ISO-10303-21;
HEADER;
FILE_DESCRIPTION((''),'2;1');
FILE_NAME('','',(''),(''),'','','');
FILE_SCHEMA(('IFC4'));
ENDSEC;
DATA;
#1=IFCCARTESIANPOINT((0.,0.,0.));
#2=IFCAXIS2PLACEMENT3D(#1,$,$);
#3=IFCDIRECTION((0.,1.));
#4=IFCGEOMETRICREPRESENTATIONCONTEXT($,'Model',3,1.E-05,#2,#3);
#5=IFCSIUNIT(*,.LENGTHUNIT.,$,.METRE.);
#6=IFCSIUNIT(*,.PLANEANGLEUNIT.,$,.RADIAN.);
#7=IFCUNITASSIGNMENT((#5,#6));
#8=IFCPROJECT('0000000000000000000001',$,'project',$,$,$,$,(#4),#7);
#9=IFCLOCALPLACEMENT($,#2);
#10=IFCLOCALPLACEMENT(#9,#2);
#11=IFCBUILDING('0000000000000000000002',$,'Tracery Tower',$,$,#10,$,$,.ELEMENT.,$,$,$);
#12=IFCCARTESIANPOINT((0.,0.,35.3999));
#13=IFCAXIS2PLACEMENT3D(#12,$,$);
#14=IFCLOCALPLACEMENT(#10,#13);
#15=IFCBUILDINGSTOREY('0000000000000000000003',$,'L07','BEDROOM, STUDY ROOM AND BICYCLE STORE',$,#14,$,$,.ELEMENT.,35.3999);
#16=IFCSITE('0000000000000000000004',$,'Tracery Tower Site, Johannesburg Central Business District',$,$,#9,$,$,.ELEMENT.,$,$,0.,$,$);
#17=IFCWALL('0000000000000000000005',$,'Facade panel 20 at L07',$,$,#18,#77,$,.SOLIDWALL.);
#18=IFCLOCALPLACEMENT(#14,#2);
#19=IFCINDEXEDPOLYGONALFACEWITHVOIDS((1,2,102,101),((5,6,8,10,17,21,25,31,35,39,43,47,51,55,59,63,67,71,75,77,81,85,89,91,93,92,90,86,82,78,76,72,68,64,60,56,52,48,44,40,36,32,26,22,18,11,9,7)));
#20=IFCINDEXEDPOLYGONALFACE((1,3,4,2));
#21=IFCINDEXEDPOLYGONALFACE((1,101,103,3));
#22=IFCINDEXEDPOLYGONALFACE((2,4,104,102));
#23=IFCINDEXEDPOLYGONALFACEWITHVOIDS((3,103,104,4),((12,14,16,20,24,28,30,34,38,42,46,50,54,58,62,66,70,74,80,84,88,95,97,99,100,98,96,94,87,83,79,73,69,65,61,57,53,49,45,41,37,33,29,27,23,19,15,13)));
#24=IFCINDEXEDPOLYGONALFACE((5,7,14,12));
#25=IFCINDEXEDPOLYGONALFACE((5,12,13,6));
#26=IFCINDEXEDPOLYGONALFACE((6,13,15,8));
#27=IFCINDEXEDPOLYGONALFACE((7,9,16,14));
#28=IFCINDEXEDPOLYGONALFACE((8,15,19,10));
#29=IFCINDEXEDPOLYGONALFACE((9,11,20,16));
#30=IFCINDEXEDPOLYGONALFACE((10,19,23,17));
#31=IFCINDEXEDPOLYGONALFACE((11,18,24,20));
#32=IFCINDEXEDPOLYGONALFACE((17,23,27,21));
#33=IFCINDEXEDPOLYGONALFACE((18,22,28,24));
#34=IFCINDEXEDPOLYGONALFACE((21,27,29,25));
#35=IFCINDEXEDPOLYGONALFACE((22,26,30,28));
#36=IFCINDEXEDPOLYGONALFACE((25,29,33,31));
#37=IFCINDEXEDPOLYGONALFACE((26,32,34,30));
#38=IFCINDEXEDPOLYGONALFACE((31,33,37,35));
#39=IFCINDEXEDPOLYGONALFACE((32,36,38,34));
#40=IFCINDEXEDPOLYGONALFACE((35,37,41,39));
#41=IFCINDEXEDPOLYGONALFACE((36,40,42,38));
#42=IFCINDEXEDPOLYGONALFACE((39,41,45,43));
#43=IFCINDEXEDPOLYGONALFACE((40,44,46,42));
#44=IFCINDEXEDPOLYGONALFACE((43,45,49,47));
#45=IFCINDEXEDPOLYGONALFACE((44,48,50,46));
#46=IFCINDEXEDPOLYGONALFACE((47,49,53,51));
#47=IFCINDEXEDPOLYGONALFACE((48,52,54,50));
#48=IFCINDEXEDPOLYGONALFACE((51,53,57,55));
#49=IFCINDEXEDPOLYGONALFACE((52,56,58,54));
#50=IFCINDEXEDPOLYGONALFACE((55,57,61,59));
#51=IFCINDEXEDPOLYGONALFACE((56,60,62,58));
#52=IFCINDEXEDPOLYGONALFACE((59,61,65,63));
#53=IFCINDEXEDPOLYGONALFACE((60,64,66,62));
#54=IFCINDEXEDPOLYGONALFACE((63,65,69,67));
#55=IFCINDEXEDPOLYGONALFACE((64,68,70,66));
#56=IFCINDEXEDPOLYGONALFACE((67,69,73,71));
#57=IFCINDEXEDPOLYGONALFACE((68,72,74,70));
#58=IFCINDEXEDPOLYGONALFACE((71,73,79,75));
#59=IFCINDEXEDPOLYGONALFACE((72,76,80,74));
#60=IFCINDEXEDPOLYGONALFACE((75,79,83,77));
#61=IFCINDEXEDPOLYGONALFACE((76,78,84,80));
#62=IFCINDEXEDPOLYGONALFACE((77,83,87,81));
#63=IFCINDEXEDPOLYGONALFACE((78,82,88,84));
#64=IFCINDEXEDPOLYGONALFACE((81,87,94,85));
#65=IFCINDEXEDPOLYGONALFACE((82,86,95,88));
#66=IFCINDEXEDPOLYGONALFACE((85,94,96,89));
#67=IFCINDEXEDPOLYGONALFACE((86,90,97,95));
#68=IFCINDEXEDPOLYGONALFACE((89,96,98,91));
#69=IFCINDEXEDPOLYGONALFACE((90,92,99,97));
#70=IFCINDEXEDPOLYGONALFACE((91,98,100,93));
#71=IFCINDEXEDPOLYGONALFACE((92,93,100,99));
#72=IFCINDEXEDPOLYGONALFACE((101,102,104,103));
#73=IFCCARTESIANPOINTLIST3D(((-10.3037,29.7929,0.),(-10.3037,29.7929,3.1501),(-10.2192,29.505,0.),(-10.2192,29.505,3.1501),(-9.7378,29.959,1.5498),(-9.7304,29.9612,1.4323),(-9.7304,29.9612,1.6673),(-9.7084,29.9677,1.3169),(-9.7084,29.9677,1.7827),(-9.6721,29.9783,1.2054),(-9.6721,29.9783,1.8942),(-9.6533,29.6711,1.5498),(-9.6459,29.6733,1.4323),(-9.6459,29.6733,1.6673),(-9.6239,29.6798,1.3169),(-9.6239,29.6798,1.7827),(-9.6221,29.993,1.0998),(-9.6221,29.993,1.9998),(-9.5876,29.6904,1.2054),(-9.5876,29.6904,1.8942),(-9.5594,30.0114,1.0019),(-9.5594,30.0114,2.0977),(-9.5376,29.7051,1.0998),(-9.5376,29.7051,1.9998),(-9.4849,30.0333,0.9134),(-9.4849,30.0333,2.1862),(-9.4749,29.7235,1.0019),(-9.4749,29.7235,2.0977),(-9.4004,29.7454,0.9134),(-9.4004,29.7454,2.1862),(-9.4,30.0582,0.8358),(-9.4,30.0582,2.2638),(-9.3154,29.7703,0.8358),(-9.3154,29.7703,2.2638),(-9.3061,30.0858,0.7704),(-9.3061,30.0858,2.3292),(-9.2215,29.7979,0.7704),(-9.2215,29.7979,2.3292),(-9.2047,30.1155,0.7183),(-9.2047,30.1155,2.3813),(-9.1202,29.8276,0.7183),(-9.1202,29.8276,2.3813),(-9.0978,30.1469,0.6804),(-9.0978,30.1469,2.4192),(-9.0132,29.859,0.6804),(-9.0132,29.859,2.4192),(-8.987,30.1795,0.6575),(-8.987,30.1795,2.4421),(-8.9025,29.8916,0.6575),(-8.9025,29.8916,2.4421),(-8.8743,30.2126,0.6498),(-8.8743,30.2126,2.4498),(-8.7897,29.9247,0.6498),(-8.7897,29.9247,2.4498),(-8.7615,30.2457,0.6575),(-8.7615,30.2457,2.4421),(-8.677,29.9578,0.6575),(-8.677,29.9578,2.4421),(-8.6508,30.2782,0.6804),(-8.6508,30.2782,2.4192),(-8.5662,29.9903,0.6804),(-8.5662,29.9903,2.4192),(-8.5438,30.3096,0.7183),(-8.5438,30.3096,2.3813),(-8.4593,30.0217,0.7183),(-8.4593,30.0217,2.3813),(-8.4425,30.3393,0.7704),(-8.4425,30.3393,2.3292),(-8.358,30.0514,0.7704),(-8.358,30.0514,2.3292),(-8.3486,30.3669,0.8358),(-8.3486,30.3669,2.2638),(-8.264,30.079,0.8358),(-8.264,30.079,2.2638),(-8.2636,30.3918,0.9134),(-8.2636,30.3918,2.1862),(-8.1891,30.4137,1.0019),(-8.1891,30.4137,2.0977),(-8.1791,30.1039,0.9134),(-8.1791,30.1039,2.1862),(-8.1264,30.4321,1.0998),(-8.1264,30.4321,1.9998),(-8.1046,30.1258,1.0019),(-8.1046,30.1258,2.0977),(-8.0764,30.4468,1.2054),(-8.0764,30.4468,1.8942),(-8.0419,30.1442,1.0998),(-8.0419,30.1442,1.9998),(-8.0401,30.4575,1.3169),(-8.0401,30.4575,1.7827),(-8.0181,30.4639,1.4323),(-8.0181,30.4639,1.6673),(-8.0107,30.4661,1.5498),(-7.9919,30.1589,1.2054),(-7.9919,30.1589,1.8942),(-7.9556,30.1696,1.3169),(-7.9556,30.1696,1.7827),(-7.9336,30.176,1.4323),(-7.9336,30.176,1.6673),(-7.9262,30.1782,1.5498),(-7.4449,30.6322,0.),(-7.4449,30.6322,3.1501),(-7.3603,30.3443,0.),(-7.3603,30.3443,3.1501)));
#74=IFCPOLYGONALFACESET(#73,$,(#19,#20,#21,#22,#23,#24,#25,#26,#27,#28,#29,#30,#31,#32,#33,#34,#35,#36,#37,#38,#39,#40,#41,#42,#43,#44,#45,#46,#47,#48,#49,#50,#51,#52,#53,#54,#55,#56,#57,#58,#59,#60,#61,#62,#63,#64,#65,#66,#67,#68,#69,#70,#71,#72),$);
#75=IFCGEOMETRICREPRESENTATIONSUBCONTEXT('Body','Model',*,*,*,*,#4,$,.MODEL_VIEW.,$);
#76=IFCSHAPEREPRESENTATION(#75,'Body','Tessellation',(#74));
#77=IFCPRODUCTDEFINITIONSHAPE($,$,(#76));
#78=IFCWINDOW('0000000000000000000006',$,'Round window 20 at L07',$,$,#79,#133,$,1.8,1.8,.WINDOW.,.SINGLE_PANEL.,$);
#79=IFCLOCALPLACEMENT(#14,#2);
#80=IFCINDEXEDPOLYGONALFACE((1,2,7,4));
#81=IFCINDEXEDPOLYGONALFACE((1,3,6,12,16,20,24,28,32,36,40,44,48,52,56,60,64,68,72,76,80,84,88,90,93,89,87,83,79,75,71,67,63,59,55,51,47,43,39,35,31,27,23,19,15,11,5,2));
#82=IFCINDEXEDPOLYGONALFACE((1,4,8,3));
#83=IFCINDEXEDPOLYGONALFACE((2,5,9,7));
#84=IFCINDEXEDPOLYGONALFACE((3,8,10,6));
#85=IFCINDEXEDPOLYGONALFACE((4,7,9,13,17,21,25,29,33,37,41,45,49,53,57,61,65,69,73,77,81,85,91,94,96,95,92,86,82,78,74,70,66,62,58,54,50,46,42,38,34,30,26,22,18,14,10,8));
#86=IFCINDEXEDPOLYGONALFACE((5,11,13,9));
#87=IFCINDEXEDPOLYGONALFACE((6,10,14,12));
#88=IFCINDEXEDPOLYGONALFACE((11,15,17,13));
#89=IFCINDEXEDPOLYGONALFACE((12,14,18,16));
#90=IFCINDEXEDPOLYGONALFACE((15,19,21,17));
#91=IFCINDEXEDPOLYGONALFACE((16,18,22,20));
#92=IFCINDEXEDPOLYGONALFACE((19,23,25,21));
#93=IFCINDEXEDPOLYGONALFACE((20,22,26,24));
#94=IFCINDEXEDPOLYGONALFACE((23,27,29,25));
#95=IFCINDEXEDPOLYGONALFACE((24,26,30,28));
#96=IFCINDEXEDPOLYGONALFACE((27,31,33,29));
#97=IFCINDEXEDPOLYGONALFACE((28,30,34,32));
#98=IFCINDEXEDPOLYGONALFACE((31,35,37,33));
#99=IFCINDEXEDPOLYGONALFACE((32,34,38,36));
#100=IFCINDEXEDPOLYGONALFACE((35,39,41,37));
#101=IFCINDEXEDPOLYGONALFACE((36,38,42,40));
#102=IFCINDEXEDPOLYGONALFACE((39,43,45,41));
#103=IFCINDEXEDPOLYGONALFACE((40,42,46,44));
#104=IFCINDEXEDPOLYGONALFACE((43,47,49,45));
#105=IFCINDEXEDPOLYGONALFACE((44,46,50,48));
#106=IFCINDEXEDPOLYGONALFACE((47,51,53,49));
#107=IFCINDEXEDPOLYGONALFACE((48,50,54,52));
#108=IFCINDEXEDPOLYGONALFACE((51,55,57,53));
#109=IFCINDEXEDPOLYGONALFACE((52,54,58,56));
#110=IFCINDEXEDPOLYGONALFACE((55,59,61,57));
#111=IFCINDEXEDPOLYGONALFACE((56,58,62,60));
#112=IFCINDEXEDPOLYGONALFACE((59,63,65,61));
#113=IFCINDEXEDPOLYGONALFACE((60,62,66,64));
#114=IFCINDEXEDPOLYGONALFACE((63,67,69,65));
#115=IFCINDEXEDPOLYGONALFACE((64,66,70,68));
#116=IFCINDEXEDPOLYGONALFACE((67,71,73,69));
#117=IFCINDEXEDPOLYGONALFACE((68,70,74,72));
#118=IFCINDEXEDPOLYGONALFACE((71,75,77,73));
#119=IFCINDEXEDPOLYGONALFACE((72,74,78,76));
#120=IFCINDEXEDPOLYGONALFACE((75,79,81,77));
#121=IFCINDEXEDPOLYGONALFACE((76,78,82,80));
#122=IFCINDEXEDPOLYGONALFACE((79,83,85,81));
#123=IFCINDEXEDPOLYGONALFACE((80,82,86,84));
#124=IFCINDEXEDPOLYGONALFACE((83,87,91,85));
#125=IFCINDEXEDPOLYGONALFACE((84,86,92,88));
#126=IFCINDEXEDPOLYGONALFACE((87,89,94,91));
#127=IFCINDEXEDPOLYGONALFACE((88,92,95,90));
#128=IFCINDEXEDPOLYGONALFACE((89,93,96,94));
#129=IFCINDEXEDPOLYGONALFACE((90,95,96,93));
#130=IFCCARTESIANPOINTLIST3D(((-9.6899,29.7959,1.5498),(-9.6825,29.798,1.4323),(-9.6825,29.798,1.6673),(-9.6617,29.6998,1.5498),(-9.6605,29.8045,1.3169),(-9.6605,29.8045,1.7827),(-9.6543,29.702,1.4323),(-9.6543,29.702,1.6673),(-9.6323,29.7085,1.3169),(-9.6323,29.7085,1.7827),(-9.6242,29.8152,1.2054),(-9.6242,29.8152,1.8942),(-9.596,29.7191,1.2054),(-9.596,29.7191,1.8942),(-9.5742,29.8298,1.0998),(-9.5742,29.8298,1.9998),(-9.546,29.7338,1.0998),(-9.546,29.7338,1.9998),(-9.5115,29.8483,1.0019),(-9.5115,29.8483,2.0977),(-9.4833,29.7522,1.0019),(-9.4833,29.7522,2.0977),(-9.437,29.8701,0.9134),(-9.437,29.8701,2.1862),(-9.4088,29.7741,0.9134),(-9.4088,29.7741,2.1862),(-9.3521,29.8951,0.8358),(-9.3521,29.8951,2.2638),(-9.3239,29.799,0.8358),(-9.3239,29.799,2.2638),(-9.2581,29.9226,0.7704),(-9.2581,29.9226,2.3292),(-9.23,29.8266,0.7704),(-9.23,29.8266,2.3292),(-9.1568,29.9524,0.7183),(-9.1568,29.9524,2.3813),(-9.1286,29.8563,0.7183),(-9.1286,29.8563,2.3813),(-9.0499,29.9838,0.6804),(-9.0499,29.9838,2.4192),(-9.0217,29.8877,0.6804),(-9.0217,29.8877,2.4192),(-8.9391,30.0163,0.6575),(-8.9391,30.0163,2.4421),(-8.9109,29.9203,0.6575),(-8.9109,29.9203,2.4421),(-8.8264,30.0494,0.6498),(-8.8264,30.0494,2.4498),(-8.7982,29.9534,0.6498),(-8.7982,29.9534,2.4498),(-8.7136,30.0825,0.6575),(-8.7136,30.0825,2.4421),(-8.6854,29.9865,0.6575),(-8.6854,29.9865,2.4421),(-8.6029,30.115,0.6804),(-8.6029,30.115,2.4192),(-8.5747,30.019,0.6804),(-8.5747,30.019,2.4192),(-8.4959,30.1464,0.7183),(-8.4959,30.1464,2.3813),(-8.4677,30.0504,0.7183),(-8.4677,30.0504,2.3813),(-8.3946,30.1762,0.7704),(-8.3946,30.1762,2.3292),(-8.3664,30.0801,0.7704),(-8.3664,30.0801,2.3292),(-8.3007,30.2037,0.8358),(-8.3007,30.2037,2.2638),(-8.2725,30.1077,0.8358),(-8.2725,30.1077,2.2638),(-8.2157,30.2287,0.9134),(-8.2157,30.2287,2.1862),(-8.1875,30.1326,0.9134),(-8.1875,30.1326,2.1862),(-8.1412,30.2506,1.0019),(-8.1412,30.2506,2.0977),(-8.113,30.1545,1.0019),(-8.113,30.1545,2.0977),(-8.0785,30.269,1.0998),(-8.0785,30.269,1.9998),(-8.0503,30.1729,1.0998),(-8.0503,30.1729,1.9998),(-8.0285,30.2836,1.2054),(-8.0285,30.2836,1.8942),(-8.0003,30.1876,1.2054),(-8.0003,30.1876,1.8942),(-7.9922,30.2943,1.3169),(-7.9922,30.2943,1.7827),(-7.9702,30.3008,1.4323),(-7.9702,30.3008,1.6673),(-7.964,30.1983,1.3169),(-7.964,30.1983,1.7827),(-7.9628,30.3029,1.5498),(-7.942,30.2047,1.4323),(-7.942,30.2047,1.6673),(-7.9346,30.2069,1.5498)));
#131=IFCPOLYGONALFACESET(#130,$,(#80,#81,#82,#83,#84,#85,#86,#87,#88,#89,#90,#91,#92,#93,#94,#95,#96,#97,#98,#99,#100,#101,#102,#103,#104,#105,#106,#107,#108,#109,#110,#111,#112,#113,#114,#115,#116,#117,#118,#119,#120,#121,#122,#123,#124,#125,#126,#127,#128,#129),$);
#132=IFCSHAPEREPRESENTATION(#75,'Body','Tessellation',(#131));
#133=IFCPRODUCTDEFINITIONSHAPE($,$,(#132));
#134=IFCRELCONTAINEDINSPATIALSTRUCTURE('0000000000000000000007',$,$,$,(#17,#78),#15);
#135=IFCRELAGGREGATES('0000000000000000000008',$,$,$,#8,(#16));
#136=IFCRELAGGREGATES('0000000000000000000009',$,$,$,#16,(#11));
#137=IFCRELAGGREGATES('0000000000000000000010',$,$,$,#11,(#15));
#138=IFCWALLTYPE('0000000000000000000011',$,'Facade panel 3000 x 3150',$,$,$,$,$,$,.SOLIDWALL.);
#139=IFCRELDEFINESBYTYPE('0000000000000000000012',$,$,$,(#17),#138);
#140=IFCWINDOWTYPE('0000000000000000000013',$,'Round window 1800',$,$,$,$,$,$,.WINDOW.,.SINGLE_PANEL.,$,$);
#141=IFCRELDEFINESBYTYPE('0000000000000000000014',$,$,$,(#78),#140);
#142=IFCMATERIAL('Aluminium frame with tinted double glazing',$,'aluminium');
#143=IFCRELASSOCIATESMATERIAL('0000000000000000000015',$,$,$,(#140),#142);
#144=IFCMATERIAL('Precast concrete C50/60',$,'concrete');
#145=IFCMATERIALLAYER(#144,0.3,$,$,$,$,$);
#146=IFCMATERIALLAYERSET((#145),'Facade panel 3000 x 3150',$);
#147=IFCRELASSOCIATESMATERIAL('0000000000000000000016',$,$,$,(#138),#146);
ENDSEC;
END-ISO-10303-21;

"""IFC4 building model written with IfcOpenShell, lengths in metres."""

from ifc_helpers import new_model, si_unit, direction, frame, frame_2d, origin, origin_2d, place, context, subcontext, project, spatial, rectangle, circle, extrude, material, layer, layer_set, type_object, element, fill, save


model = new_model("IFC4")

# Units and contexts
model_context = context("Model", 3, precision=1e-05, world=origin(), true_north=direction((0.0, 1.0)))
body_context = subcontext(model_context, "Body", "Model", "MODEL_VIEW")
ifc_project = project(units=[si_unit("LENGTHUNIT", "METRE"), si_unit("PLANEANGLEUNIT", "RADIAN")], contexts=[model_context])

# Site, building, storey
site_placement = place(None, origin())
site = spatial("IfcSite", under=ifc_project, at=site_placement, Name="Tracery Tower Site, Johannesburg Central Business District", CompositionType="ELEMENT", RefElevation=0.0)
building_placement = place(site_placement, origin())
building = spatial("IfcBuilding", under=site, at=building_placement, Name="Tracery Tower", CompositionType="ELEMENT")
storey_placement = place(building_placement, frame((0.0, 0.0, 35.3999)))
storey = spatial("IfcBuildingStorey", under=building, at=storey_placement, Name="L07", Description="BEDROOM, STUDY ROOM AND BICYCLE STORE", CompositionType="ELEMENT", Elevation=35.3999)

# Wall, opening, window
ifc_material_1 = material(Name="Aluminium frame with tinted double glazing", Category="aluminium")
window_type = type_object("IfcWindowType", Name="Round window 1800", PartitioningType="SINGLE_PANEL", PredefinedType="WINDOW", material=ifc_material_1)
ifc_material_2 = material(Name="Precast concrete C50/60", Category="concrete")
ifc_layer_1 = layer(ifc_material_2, 0.3)
ifc_layer_set_1 = layer_set([ifc_layer_1], Name="Facade panel 3000 x 3150")
wall_type_1 = type_object("IfcWallType", Name="Facade panel 3000 x 3150", PredefinedType="SOLIDWALL", material=ifc_layer_set_1)
wall_1_placement = place(storey_placement, frame((-7.4026, 30.4883, 0.0), z_axis=(0.0, 0.0, 1.0), x_axis=(-0.959501, -0.281705, 0.0)))
wall_1 = element("IfcWall", 1, at=wall_1_placement, inside=storey, type_object=wall_type_1, Name="Facade panel 20 at L07", PredefinedType="SOLIDWALL", context=body_context, shape_type="SweptSolid", body=[
    extrude(rectangle(XDim=2.9795, YDim=0.3, at=frame_2d((1.4897, 0.0))), origin(), (0.0, 0.0, 1.0), 3.1501),
])
opening_1_placement = place(wall_1_placement, frame((1.4897, 0.0, 1.5498)))
opening_1 = element("IfcOpeningElement", 2, at=opening_1_placement, cuts=wall_1, PredefinedType="OPENING", context=body_context, shape_type="SweptSolid", body=[
    extrude(circle(Radius=0.9, at=origin_2d()), frame((0.0, 0.1599, 0.0), z_axis=(0.0, -1.0, 0.0), x_axis=(1.0, 0.0, 0.0)), (0.0, 0.0, 1.0), 0.3201),
])
window_1_placement = place(opening_1_placement, origin())
window_1 = element("IfcWindow", 3, at=window_1_placement, inside=storey, type_object=window_type, Name="Round window 20 at L07", OverallHeight=1.8, OverallWidth=1.8, PartitioningType="SINGLE_PANEL", PredefinedType="WINDOW", context=body_context, shape_type="SweptSolid", body=[
    extrude(circle(Radius=0.9, at=origin_2d()), frame((0.0, 0.1201, 0.0), z_axis=(0.0, -1.0, 0.0), x_axis=(1.0, 0.0, 0.0)), (0.0, 0.0, 1.0), 0.1001),
])
fill(opening_1, window_1)

save(model, "model.ifc")
